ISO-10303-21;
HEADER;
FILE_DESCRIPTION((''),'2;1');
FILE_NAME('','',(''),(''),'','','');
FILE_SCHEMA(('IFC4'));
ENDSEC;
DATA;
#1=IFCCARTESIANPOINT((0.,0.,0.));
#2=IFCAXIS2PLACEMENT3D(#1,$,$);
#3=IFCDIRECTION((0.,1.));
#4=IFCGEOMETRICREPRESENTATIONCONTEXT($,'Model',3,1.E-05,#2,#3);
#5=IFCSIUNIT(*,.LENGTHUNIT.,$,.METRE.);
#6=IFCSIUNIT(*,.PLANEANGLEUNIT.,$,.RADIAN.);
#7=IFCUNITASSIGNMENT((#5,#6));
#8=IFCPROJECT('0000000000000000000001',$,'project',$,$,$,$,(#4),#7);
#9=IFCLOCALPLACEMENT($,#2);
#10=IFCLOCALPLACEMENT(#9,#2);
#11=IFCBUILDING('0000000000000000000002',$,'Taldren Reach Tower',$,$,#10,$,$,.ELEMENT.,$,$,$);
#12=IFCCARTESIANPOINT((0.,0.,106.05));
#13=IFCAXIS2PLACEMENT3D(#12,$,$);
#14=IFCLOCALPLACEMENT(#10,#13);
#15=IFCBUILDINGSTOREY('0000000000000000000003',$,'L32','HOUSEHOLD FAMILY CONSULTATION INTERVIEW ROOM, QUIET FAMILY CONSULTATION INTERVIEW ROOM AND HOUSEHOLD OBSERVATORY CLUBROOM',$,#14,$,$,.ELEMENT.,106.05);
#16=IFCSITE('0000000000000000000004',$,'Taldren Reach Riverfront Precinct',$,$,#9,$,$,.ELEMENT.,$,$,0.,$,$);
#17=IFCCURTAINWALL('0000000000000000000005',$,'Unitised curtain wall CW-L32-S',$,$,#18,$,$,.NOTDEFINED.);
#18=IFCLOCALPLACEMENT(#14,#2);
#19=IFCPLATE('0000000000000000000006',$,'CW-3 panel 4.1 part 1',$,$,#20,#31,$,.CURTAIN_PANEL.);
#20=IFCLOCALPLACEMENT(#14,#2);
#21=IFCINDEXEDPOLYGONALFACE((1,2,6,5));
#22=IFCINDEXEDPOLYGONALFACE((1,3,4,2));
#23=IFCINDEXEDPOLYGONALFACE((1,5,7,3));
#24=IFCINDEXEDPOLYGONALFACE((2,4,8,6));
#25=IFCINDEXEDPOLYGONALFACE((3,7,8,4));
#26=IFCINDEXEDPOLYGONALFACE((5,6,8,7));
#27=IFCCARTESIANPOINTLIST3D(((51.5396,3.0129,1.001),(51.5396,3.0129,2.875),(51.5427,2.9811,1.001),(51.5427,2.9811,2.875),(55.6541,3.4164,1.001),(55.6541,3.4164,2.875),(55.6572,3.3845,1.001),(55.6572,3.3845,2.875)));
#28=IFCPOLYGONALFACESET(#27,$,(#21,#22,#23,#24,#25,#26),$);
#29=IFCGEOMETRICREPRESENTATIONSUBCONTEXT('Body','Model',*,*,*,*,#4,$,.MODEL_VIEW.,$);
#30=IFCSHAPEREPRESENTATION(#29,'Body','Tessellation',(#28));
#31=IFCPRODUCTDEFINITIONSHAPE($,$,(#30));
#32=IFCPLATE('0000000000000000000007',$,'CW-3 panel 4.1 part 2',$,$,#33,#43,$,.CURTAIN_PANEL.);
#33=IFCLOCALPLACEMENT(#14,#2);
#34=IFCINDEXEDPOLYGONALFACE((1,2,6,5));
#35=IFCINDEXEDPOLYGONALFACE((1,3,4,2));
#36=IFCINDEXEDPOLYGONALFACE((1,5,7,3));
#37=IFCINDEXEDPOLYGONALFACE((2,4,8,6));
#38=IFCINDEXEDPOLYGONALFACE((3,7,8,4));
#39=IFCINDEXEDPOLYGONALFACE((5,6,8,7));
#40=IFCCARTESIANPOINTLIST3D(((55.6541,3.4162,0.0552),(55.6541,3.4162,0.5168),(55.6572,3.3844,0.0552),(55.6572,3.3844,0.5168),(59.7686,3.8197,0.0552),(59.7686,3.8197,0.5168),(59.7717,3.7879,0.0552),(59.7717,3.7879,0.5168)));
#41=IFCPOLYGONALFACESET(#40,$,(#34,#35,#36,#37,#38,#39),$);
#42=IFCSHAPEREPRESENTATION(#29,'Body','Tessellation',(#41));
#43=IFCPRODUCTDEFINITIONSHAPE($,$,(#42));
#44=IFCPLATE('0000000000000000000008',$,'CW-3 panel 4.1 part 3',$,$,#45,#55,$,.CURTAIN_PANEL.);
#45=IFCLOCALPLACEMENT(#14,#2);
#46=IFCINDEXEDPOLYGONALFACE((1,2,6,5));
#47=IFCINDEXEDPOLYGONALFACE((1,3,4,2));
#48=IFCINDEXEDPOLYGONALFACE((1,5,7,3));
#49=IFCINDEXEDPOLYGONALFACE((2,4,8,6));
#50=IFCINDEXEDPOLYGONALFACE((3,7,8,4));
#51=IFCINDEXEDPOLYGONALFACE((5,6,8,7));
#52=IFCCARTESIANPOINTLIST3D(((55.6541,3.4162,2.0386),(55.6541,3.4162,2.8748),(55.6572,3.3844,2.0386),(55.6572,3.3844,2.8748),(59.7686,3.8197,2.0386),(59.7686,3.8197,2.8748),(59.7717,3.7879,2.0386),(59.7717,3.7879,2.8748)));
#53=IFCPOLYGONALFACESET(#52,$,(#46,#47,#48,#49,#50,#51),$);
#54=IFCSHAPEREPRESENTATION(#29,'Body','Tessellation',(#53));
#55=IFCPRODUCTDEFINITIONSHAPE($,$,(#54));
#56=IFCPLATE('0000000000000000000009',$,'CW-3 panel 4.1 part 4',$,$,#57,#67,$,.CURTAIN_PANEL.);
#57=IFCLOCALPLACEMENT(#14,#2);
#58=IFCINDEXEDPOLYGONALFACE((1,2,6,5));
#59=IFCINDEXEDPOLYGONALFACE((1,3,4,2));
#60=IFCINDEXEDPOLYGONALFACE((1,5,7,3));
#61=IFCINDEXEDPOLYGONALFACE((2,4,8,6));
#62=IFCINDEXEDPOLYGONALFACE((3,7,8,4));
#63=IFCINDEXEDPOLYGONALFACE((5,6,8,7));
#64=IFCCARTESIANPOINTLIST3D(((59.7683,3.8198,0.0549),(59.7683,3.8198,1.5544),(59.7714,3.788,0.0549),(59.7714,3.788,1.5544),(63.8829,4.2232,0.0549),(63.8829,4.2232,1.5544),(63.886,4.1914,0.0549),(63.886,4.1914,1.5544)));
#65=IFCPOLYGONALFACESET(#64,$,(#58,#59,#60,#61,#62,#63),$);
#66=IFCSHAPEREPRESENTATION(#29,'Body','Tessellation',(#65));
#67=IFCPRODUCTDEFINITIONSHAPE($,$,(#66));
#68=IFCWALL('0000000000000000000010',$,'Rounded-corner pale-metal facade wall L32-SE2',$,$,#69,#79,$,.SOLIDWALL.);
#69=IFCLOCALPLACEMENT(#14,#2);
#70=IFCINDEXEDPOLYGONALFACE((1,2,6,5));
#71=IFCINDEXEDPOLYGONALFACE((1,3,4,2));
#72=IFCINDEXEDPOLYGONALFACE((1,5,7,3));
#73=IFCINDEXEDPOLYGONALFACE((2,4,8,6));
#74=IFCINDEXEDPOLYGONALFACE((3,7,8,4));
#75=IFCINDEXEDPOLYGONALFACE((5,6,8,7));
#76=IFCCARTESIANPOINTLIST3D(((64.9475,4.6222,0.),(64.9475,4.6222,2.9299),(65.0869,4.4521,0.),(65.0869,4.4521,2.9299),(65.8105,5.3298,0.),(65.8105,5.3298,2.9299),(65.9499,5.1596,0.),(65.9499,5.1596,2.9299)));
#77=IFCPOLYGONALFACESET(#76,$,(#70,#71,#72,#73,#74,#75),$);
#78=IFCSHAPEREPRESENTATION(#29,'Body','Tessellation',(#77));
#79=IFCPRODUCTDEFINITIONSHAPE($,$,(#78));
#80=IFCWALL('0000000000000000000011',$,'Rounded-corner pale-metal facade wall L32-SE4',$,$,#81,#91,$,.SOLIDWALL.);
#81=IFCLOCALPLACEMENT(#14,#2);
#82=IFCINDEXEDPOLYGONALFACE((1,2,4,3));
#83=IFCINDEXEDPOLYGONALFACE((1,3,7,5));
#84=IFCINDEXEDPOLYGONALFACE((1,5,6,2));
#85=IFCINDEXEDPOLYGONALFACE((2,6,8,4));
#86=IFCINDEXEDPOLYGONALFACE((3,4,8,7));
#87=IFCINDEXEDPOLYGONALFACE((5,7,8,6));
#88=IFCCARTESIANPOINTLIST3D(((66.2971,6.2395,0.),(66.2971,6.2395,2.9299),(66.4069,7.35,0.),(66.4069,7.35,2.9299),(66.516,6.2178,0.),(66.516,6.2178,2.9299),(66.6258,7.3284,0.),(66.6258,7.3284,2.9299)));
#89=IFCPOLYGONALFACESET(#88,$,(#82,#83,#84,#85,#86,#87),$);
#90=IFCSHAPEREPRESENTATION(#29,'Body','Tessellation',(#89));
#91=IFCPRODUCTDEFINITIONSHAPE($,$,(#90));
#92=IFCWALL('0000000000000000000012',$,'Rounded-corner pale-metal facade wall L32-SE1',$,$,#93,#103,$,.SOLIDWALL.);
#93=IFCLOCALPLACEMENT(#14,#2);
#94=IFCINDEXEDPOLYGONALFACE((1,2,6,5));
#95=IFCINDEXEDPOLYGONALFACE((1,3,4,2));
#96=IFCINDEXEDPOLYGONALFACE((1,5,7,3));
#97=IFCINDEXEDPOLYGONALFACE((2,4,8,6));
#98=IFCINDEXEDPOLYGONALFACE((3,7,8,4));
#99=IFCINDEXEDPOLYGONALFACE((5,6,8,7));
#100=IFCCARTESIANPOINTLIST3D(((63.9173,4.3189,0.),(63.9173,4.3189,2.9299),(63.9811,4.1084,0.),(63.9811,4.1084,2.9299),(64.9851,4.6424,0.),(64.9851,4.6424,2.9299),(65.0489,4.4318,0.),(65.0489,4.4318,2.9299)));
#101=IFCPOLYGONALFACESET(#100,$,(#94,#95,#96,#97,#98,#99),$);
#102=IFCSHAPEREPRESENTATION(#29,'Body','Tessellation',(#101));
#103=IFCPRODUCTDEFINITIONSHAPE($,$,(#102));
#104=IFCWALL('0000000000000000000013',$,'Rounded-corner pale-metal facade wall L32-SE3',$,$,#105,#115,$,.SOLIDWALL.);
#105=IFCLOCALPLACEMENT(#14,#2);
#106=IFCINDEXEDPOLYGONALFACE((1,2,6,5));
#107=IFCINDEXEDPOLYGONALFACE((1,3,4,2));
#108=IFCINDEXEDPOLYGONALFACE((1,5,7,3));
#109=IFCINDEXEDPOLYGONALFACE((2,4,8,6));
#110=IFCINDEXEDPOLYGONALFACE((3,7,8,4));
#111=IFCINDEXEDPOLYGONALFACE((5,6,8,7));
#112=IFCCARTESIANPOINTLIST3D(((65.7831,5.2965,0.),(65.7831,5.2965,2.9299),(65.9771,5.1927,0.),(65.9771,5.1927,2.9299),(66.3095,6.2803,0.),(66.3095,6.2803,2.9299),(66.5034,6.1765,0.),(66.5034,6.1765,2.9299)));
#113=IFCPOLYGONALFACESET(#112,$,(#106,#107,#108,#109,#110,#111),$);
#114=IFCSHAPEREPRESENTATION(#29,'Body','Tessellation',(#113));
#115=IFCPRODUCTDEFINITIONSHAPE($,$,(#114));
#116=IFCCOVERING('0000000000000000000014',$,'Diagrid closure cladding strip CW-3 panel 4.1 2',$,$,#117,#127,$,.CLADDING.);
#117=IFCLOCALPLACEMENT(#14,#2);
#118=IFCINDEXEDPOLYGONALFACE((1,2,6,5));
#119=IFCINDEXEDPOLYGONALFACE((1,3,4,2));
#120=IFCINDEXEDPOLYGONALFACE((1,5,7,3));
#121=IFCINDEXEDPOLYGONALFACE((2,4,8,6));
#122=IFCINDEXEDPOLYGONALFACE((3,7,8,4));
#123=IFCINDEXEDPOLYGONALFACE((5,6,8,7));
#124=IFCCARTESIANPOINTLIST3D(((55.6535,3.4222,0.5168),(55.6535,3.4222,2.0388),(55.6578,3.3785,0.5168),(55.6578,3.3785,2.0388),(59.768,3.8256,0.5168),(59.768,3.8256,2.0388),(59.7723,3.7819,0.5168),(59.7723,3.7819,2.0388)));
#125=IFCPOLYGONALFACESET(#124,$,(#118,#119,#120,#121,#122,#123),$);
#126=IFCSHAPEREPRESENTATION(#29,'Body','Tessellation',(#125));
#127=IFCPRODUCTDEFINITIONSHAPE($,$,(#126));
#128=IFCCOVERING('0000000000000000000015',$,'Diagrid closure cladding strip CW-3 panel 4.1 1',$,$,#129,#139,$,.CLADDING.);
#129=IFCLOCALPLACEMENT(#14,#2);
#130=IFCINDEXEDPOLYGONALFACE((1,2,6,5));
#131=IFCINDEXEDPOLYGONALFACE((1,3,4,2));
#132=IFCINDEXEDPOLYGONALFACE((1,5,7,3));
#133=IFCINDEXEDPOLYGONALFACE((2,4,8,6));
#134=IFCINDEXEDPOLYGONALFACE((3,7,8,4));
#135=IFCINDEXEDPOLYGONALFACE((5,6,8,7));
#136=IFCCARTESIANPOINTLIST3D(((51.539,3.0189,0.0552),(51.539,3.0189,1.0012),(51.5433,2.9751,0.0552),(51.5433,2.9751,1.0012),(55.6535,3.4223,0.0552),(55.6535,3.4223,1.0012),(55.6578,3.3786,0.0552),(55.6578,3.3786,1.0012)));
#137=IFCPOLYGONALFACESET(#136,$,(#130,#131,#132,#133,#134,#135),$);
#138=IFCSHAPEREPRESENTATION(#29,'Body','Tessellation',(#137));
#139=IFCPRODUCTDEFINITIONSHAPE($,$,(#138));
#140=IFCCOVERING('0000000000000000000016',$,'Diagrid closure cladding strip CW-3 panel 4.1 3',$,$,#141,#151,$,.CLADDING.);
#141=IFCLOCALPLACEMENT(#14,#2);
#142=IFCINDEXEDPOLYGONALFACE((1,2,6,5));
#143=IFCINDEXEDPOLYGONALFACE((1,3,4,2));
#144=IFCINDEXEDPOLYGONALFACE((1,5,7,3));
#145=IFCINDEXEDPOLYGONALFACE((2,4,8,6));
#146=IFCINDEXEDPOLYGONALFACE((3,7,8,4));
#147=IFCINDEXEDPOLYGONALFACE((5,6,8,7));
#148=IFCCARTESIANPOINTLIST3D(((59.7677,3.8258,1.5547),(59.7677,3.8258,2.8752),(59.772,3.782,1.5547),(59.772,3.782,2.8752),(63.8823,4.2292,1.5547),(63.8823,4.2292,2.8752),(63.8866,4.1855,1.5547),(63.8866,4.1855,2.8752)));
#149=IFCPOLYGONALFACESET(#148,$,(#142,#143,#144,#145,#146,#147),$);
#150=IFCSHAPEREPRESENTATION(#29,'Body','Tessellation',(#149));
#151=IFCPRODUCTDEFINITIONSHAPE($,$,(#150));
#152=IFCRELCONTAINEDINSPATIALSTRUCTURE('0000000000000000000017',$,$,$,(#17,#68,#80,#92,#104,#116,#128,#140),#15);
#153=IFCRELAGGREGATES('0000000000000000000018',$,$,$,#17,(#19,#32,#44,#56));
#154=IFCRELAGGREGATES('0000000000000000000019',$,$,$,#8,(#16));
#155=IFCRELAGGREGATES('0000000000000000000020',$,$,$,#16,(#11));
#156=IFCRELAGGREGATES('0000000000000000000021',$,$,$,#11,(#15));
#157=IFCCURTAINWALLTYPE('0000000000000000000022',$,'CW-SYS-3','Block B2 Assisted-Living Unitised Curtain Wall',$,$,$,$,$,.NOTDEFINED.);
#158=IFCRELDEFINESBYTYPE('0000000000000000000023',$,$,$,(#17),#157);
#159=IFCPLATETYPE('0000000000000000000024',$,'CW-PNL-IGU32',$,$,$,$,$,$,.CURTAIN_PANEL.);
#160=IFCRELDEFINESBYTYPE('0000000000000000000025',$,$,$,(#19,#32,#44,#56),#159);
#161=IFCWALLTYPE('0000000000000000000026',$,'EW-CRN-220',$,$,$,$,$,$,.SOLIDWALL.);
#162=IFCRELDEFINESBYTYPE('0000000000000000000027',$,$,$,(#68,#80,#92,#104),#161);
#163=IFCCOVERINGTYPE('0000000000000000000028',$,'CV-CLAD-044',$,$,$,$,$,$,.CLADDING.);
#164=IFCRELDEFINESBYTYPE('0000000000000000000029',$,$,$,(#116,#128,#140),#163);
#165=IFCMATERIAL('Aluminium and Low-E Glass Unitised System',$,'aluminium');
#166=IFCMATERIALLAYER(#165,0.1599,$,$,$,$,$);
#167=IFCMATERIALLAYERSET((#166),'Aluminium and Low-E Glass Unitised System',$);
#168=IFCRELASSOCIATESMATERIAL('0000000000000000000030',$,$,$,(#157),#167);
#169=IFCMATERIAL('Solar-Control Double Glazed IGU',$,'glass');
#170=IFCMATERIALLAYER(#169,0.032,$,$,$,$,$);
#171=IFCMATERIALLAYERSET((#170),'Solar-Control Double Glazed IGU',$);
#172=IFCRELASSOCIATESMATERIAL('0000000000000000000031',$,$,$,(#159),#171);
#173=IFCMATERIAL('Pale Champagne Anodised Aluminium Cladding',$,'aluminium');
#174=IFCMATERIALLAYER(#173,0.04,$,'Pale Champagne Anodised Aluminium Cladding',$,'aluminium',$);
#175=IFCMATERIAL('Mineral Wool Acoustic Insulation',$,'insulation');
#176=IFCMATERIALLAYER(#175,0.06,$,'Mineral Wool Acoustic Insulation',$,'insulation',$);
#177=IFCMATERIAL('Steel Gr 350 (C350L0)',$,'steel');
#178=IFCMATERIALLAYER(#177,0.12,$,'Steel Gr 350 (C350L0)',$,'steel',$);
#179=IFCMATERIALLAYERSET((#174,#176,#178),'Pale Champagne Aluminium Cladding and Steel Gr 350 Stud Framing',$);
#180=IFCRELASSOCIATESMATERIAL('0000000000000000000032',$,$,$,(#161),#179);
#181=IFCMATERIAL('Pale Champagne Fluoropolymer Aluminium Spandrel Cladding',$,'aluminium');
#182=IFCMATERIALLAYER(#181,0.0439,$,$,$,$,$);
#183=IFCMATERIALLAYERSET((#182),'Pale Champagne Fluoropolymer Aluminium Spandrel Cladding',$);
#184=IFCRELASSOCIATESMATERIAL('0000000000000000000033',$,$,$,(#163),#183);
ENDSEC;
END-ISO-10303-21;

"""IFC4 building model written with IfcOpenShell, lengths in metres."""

from ifc_helpers import new_model, si_unit, direction, frame, frame_2d, origin, origin_2d, place, context, subcontext, project, spatial, rectangle, extrude, source, transform, mapped, material, layer, layer_set, type_object, element, aggregate, save


model = new_model("IFC4")

# Units and contexts
model_context = context("Model", 3, precision=1e-05, world=origin(), true_north=direction((0.0, 1.0)))
body_context = subcontext(model_context, "Body", "Model", "MODEL_VIEW")
ifc_project = project(units=[si_unit("LENGTHUNIT", "METRE"), si_unit("PLANEANGLEUNIT", "RADIAN")], contexts=[model_context])

# Site, building, storey
site_placement = place(None, origin())
site = spatial("IfcSite", under=ifc_project, at=site_placement, Name="Taldren Reach Riverfront Precinct", CompositionType="ELEMENT", RefElevation=0.0)
building_placement = place(site_placement, origin())
building = spatial("IfcBuilding", under=site, at=building_placement, Name="Taldren Reach Tower", CompositionType="ELEMENT")
storey_placement = place(building_placement, frame((0.0, 0.0, 106.05)))
storey = spatial("IfcBuildingStorey", under=building, at=storey_placement, Name="L32", Description="HOUSEHOLD FAMILY CONSULTATION INTERVIEW ROOM, QUIET FAMILY CONSULTATION INTERVIEW ROOM AND HOUSEHOLD OBSERVATORY CLUBROOM", CompositionType="ELEMENT", Elevation=106.05)

# Shared definitions
ifc_material_1 = material(Name="Steel Gr 350 (C350L0)", Category="steel")

# Curtain wall
ifc_material_2 = material(Name="Aluminium and Low-E Glass Unitised System", Category="aluminium")
ifc_layer_1 = layer(ifc_material_2, 0.1599)
ifc_layer_set_1 = layer_set([ifc_layer_1], Name="Aluminium and Low-E Glass Unitised System")
curtain_wall_type = type_object("IfcCurtainWallType", Name="CW-SYS-3", Description="Block B2 Assisted-Living Unitised Curtain Wall", PredefinedType="NOTDEFINED", material=ifc_layer_set_1)
curtain_wall_1_placement = place(storey_placement, origin())
curtain_wall_1 = element("IfcCurtainWall", 1, at=curtain_wall_1_placement, inside=storey, type_object=curtain_wall_type, Name="Unitised curtain wall CW-L32-S", PredefinedType="NOTDEFINED")

# Plates
ifc_material_3 = material(Name="Solar-Control Double Glazed IGU", Category="glass")
ifc_layer_2 = layer(ifc_material_3, 0.032)
ifc_layer_set_2 = layer_set([ifc_layer_2], Name="Solar-Control Double Glazed IGU")
plate_type_1 = type_object("IfcPlateType", Name="CW-PNL-IGU32", PredefinedType="CURTAIN_PANEL", material=ifc_layer_set_2)
shared_shape_1 = source(origin(), body_context, "Body", "SweptSolid", [
    extrude(rectangle(XDim=4.1343, YDim=0.032, at=origin_2d()), origin(), (0.0, 0.0, 1.0), 1.874),
])
plate_1_placement = place(storey_placement, frame((53.5984, 3.1987, 1.001), z_axis=(0.0, 0.0, 1.0), x_axis=(0.995227, 0.097583, 0.0)))
plate_1 = element("IfcPlate", 2, at=plate_1_placement, type_object=plate_type_1, Name="CW-3 panel 4.1 part 1", PredefinedType="CURTAIN_PANEL", context=body_context, shape_type="MappedRepresentation", body=[
    mapped(shared_shape_1, transform((0.0, 0.0, 0.0), scale=1.0)),
])
shared_shape_2 = source(origin(), body_context, "Body", "SweptSolid", [
    extrude(rectangle(XDim=4.1343, YDim=0.032, at=origin_2d()), origin(), (0.0, 0.0, 1.0), 0.4617),
])
plate_2_placement = place(storey_placement, frame((57.7129, 3.6021, 0.0552), z_axis=(0.0, 0.0, 1.0), x_axis=(0.995227, 0.097583, 0.0)))
plate_2 = element("IfcPlate", 3, at=plate_2_placement, type_object=plate_type_1, Name="CW-3 panel 4.1 part 2", PredefinedType="CURTAIN_PANEL", context=body_context, shape_type="MappedRepresentation", body=[
    mapped(shared_shape_2, transform((0.0, 0.0, 0.0), scale=1.0)),
])
shared_shape_3 = source(origin(), body_context, "Body", "SweptSolid", [
    extrude(rectangle(XDim=4.1343, YDim=0.032, at=origin_2d()), origin(), (0.0, 0.0, 1.0), 0.8362),
])
plate_3_placement = place(storey_placement, frame((57.7129, 3.6021, 2.0386), z_axis=(0.0, 0.0, 1.0), x_axis=(0.995227, 0.097583, 0.0)))
plate_3 = element("IfcPlate", 4, at=plate_3_placement, type_object=plate_type_1, Name="CW-3 panel 4.1 part 3", PredefinedType="CURTAIN_PANEL", context=body_context, shape_type="MappedRepresentation", body=[
    mapped(shared_shape_3, transform((0.0, 0.0, 0.0), scale=1.0)),
])
shared_shape_4 = source(origin(), body_context, "Body", "SweptSolid", [
    extrude(rectangle(XDim=4.1343, YDim=0.032, at=origin_2d()), origin(), (0.0, 0.0, 1.0), 1.4995),
])
plate_4_placement = place(storey_placement, frame((61.8271, 4.0056, 0.0549), z_axis=(0.0, 0.0, 1.0), x_axis=(0.995227, 0.097583, 0.0)))
plate_4 = element("IfcPlate", 5, at=plate_4_placement, type_object=plate_type_1, Name="CW-3 panel 4.1 part 4", PredefinedType="CURTAIN_PANEL", context=body_context, shape_type="MappedRepresentation", body=[
    mapped(shared_shape_4, transform((0.0, 0.0, 0.0), scale=1.0)),
])
aggregate(curtain_wall_1, [plate_1, plate_2, plate_3, plate_4])

# Walls
ifc_material_4 = material(Name="Pale Champagne Anodised Aluminium Cladding", Category="aluminium")
ifc_layer_3 = layer(ifc_material_4, 0.04, Name="Pale Champagne Anodised Aluminium Cladding", Category="aluminium")
ifc_material_5 = material(Name="Mineral Wool Acoustic Insulation", Category="insulation")
ifc_layer_4 = layer(ifc_material_5, 0.06, Name="Mineral Wool Acoustic Insulation", Category="insulation")
ifc_layer_5 = layer(ifc_material_1, 0.12, Name="Steel Gr 350 (C350L0)", Category="steel")
ifc_layer_set_3 = layer_set([ifc_layer_3, ifc_layer_4, ifc_layer_5], Name="Pale Champagne Aluminium Cladding and Steel Gr 350 Stud Framing")
wall_type = type_object("IfcWallType", Name="EW-CRN-220", PredefinedType="SOLIDWALL", material=ifc_layer_set_3)
shared_shape_5 = source(origin(), body_context, "Body", "SweptSolid", [
    extrude(rectangle(XDim=1.116, YDim=0.22, at=frame_2d((0.5581, 0.0))), origin(), (0.0, 0.0, 1.0), 2.9299),
])
for number, where, z_axis, x_axis, name in (
    (6, (65.0171, 4.5371, 0.0), (0.0, 0.0, 1.0), (0.773343, 0.633988, 0.0), "Rounded-corner pale-metal facade wall L32-SE2"),
    (7, (66.4065, 6.2285, 0.0), (0.0, 0.0, 1.0), (0.098442, 0.995143, 0.0), "Rounded-corner pale-metal facade wall L32-SE4"),
):
    element("IfcWall", number, at=place(storey_placement, frame(where, z_axis=z_axis, x_axis=x_axis)), inside=storey, type_object=wall_type, Name=name, PredefinedType="SOLIDWALL", context=body_context, shape_type="MappedRepresentation", body=[
        mapped(shared_shape_5, transform((0.0, 0.0, 0.0), scale=1.0)),
    ])
shared_shape_6 = source(origin(), body_context, "Body", "SweptSolid", [
    extrude(rectangle(XDim=1.1157, YDim=0.22, at=frame_2d((0.5579, 0.0))), origin(), (0.0, 0.0, 1.0), 2.9299),
])
for number, where, z_axis, x_axis, name in (
    (8, (63.9492, 4.2136, 0.0), (0.0, 0.0, 1.0), (0.957052, 0.289916, 0.0), "Rounded-corner pale-metal facade wall L32-SE1"),
    (9, (65.8801, 5.2446, 0.0), (0.0, 0.0, 1.0), (0.471723, 0.881747, 0.0), "Rounded-corner pale-metal facade wall L32-SE3"),
):
    element("IfcWall", number, at=place(storey_placement, frame(where, z_axis=z_axis, x_axis=x_axis)), inside=storey, type_object=wall_type, Name=name, PredefinedType="SOLIDWALL", context=body_context, shape_type="MappedRepresentation", body=[
        mapped(shared_shape_6, transform((0.0, 0.0, 0.0), scale=1.0)),
    ])

# Coverings
ifc_material_6 = material(Name="Pale Champagne Fluoropolymer Aluminium Spandrel Cladding", Category="aluminium")
ifc_layer_6 = layer(ifc_material_6, 0.0439)
ifc_layer_set_4 = layer_set([ifc_layer_6], Name="Pale Champagne Fluoropolymer Aluminium Spandrel Cladding")
covering_type = type_object("IfcCoveringType", Name="CV-CLAD-044", PredefinedType="CLADDING", material=ifc_layer_set_4)
shared_shape_7 = source(origin(), body_context, "Body", "SweptSolid", [
    extrude(rectangle(XDim=4.1343, YDim=0.0439, at=origin_2d()), origin(), (0.0, 0.0, 1.0), 1.522),
])
covering_1_placement = place(storey_placement, frame((57.7129, 3.6021, 0.5168), z_axis=(0.0, 0.0, 1.0), x_axis=(0.995227, 0.097583, 0.0)))
element("IfcCovering", 10, at=covering_1_placement, inside=storey, type_object=covering_type, Name="Diagrid closure cladding strip CW-3 panel 4.1 2", PredefinedType="CLADDING", context=body_context, shape_type="MappedRepresentation", body=[
    mapped(shared_shape_7, transform((0.0, 0.0, 0.0), scale=1.0)),
])
shared_shape_8 = source(origin(), body_context, "Body", "SweptSolid", [
    extrude(rectangle(XDim=4.1343, YDim=0.0439, at=origin_2d()), origin(), (0.0, 0.0, 1.0), 0.946),
])
covering_2_placement = place(storey_placement, frame((53.5984, 3.1987, 0.0552), z_axis=(0.0, 0.0, 1.0), x_axis=(0.995227, 0.097583, 0.0)))
element("IfcCovering", 11, at=covering_2_placement, inside=storey, type_object=covering_type, Name="Diagrid closure cladding strip CW-3 panel 4.1 1", PredefinedType="CLADDING", context=body_context, shape_type="MappedRepresentation", body=[
    mapped(shared_shape_8, transform((0.0, 0.0, 0.0), scale=1.0)),
])
shared_shape_9 = source(origin(), body_context, "Body", "SweptSolid", [
    extrude(rectangle(XDim=4.1343, YDim=0.0439, at=origin_2d()), origin(), (0.0, 0.0, 1.0), 1.3206),
])
covering_3_placement = place(storey_placement, frame((61.8271, 4.0056, 1.5547), z_axis=(0.0, 0.0, 1.0), x_axis=(0.995227, 0.097583, 0.0)))
element("IfcCovering", 12, at=covering_3_placement, inside=storey, type_object=covering_type, Name="Diagrid closure cladding strip CW-3 panel 4.1 3", PredefinedType="CLADDING", context=body_context, shape_type="MappedRepresentation", body=[
    mapped(shared_shape_9, transform((0.0, 0.0, 0.0), scale=1.0)),
])

save(model, "model.ifc")
